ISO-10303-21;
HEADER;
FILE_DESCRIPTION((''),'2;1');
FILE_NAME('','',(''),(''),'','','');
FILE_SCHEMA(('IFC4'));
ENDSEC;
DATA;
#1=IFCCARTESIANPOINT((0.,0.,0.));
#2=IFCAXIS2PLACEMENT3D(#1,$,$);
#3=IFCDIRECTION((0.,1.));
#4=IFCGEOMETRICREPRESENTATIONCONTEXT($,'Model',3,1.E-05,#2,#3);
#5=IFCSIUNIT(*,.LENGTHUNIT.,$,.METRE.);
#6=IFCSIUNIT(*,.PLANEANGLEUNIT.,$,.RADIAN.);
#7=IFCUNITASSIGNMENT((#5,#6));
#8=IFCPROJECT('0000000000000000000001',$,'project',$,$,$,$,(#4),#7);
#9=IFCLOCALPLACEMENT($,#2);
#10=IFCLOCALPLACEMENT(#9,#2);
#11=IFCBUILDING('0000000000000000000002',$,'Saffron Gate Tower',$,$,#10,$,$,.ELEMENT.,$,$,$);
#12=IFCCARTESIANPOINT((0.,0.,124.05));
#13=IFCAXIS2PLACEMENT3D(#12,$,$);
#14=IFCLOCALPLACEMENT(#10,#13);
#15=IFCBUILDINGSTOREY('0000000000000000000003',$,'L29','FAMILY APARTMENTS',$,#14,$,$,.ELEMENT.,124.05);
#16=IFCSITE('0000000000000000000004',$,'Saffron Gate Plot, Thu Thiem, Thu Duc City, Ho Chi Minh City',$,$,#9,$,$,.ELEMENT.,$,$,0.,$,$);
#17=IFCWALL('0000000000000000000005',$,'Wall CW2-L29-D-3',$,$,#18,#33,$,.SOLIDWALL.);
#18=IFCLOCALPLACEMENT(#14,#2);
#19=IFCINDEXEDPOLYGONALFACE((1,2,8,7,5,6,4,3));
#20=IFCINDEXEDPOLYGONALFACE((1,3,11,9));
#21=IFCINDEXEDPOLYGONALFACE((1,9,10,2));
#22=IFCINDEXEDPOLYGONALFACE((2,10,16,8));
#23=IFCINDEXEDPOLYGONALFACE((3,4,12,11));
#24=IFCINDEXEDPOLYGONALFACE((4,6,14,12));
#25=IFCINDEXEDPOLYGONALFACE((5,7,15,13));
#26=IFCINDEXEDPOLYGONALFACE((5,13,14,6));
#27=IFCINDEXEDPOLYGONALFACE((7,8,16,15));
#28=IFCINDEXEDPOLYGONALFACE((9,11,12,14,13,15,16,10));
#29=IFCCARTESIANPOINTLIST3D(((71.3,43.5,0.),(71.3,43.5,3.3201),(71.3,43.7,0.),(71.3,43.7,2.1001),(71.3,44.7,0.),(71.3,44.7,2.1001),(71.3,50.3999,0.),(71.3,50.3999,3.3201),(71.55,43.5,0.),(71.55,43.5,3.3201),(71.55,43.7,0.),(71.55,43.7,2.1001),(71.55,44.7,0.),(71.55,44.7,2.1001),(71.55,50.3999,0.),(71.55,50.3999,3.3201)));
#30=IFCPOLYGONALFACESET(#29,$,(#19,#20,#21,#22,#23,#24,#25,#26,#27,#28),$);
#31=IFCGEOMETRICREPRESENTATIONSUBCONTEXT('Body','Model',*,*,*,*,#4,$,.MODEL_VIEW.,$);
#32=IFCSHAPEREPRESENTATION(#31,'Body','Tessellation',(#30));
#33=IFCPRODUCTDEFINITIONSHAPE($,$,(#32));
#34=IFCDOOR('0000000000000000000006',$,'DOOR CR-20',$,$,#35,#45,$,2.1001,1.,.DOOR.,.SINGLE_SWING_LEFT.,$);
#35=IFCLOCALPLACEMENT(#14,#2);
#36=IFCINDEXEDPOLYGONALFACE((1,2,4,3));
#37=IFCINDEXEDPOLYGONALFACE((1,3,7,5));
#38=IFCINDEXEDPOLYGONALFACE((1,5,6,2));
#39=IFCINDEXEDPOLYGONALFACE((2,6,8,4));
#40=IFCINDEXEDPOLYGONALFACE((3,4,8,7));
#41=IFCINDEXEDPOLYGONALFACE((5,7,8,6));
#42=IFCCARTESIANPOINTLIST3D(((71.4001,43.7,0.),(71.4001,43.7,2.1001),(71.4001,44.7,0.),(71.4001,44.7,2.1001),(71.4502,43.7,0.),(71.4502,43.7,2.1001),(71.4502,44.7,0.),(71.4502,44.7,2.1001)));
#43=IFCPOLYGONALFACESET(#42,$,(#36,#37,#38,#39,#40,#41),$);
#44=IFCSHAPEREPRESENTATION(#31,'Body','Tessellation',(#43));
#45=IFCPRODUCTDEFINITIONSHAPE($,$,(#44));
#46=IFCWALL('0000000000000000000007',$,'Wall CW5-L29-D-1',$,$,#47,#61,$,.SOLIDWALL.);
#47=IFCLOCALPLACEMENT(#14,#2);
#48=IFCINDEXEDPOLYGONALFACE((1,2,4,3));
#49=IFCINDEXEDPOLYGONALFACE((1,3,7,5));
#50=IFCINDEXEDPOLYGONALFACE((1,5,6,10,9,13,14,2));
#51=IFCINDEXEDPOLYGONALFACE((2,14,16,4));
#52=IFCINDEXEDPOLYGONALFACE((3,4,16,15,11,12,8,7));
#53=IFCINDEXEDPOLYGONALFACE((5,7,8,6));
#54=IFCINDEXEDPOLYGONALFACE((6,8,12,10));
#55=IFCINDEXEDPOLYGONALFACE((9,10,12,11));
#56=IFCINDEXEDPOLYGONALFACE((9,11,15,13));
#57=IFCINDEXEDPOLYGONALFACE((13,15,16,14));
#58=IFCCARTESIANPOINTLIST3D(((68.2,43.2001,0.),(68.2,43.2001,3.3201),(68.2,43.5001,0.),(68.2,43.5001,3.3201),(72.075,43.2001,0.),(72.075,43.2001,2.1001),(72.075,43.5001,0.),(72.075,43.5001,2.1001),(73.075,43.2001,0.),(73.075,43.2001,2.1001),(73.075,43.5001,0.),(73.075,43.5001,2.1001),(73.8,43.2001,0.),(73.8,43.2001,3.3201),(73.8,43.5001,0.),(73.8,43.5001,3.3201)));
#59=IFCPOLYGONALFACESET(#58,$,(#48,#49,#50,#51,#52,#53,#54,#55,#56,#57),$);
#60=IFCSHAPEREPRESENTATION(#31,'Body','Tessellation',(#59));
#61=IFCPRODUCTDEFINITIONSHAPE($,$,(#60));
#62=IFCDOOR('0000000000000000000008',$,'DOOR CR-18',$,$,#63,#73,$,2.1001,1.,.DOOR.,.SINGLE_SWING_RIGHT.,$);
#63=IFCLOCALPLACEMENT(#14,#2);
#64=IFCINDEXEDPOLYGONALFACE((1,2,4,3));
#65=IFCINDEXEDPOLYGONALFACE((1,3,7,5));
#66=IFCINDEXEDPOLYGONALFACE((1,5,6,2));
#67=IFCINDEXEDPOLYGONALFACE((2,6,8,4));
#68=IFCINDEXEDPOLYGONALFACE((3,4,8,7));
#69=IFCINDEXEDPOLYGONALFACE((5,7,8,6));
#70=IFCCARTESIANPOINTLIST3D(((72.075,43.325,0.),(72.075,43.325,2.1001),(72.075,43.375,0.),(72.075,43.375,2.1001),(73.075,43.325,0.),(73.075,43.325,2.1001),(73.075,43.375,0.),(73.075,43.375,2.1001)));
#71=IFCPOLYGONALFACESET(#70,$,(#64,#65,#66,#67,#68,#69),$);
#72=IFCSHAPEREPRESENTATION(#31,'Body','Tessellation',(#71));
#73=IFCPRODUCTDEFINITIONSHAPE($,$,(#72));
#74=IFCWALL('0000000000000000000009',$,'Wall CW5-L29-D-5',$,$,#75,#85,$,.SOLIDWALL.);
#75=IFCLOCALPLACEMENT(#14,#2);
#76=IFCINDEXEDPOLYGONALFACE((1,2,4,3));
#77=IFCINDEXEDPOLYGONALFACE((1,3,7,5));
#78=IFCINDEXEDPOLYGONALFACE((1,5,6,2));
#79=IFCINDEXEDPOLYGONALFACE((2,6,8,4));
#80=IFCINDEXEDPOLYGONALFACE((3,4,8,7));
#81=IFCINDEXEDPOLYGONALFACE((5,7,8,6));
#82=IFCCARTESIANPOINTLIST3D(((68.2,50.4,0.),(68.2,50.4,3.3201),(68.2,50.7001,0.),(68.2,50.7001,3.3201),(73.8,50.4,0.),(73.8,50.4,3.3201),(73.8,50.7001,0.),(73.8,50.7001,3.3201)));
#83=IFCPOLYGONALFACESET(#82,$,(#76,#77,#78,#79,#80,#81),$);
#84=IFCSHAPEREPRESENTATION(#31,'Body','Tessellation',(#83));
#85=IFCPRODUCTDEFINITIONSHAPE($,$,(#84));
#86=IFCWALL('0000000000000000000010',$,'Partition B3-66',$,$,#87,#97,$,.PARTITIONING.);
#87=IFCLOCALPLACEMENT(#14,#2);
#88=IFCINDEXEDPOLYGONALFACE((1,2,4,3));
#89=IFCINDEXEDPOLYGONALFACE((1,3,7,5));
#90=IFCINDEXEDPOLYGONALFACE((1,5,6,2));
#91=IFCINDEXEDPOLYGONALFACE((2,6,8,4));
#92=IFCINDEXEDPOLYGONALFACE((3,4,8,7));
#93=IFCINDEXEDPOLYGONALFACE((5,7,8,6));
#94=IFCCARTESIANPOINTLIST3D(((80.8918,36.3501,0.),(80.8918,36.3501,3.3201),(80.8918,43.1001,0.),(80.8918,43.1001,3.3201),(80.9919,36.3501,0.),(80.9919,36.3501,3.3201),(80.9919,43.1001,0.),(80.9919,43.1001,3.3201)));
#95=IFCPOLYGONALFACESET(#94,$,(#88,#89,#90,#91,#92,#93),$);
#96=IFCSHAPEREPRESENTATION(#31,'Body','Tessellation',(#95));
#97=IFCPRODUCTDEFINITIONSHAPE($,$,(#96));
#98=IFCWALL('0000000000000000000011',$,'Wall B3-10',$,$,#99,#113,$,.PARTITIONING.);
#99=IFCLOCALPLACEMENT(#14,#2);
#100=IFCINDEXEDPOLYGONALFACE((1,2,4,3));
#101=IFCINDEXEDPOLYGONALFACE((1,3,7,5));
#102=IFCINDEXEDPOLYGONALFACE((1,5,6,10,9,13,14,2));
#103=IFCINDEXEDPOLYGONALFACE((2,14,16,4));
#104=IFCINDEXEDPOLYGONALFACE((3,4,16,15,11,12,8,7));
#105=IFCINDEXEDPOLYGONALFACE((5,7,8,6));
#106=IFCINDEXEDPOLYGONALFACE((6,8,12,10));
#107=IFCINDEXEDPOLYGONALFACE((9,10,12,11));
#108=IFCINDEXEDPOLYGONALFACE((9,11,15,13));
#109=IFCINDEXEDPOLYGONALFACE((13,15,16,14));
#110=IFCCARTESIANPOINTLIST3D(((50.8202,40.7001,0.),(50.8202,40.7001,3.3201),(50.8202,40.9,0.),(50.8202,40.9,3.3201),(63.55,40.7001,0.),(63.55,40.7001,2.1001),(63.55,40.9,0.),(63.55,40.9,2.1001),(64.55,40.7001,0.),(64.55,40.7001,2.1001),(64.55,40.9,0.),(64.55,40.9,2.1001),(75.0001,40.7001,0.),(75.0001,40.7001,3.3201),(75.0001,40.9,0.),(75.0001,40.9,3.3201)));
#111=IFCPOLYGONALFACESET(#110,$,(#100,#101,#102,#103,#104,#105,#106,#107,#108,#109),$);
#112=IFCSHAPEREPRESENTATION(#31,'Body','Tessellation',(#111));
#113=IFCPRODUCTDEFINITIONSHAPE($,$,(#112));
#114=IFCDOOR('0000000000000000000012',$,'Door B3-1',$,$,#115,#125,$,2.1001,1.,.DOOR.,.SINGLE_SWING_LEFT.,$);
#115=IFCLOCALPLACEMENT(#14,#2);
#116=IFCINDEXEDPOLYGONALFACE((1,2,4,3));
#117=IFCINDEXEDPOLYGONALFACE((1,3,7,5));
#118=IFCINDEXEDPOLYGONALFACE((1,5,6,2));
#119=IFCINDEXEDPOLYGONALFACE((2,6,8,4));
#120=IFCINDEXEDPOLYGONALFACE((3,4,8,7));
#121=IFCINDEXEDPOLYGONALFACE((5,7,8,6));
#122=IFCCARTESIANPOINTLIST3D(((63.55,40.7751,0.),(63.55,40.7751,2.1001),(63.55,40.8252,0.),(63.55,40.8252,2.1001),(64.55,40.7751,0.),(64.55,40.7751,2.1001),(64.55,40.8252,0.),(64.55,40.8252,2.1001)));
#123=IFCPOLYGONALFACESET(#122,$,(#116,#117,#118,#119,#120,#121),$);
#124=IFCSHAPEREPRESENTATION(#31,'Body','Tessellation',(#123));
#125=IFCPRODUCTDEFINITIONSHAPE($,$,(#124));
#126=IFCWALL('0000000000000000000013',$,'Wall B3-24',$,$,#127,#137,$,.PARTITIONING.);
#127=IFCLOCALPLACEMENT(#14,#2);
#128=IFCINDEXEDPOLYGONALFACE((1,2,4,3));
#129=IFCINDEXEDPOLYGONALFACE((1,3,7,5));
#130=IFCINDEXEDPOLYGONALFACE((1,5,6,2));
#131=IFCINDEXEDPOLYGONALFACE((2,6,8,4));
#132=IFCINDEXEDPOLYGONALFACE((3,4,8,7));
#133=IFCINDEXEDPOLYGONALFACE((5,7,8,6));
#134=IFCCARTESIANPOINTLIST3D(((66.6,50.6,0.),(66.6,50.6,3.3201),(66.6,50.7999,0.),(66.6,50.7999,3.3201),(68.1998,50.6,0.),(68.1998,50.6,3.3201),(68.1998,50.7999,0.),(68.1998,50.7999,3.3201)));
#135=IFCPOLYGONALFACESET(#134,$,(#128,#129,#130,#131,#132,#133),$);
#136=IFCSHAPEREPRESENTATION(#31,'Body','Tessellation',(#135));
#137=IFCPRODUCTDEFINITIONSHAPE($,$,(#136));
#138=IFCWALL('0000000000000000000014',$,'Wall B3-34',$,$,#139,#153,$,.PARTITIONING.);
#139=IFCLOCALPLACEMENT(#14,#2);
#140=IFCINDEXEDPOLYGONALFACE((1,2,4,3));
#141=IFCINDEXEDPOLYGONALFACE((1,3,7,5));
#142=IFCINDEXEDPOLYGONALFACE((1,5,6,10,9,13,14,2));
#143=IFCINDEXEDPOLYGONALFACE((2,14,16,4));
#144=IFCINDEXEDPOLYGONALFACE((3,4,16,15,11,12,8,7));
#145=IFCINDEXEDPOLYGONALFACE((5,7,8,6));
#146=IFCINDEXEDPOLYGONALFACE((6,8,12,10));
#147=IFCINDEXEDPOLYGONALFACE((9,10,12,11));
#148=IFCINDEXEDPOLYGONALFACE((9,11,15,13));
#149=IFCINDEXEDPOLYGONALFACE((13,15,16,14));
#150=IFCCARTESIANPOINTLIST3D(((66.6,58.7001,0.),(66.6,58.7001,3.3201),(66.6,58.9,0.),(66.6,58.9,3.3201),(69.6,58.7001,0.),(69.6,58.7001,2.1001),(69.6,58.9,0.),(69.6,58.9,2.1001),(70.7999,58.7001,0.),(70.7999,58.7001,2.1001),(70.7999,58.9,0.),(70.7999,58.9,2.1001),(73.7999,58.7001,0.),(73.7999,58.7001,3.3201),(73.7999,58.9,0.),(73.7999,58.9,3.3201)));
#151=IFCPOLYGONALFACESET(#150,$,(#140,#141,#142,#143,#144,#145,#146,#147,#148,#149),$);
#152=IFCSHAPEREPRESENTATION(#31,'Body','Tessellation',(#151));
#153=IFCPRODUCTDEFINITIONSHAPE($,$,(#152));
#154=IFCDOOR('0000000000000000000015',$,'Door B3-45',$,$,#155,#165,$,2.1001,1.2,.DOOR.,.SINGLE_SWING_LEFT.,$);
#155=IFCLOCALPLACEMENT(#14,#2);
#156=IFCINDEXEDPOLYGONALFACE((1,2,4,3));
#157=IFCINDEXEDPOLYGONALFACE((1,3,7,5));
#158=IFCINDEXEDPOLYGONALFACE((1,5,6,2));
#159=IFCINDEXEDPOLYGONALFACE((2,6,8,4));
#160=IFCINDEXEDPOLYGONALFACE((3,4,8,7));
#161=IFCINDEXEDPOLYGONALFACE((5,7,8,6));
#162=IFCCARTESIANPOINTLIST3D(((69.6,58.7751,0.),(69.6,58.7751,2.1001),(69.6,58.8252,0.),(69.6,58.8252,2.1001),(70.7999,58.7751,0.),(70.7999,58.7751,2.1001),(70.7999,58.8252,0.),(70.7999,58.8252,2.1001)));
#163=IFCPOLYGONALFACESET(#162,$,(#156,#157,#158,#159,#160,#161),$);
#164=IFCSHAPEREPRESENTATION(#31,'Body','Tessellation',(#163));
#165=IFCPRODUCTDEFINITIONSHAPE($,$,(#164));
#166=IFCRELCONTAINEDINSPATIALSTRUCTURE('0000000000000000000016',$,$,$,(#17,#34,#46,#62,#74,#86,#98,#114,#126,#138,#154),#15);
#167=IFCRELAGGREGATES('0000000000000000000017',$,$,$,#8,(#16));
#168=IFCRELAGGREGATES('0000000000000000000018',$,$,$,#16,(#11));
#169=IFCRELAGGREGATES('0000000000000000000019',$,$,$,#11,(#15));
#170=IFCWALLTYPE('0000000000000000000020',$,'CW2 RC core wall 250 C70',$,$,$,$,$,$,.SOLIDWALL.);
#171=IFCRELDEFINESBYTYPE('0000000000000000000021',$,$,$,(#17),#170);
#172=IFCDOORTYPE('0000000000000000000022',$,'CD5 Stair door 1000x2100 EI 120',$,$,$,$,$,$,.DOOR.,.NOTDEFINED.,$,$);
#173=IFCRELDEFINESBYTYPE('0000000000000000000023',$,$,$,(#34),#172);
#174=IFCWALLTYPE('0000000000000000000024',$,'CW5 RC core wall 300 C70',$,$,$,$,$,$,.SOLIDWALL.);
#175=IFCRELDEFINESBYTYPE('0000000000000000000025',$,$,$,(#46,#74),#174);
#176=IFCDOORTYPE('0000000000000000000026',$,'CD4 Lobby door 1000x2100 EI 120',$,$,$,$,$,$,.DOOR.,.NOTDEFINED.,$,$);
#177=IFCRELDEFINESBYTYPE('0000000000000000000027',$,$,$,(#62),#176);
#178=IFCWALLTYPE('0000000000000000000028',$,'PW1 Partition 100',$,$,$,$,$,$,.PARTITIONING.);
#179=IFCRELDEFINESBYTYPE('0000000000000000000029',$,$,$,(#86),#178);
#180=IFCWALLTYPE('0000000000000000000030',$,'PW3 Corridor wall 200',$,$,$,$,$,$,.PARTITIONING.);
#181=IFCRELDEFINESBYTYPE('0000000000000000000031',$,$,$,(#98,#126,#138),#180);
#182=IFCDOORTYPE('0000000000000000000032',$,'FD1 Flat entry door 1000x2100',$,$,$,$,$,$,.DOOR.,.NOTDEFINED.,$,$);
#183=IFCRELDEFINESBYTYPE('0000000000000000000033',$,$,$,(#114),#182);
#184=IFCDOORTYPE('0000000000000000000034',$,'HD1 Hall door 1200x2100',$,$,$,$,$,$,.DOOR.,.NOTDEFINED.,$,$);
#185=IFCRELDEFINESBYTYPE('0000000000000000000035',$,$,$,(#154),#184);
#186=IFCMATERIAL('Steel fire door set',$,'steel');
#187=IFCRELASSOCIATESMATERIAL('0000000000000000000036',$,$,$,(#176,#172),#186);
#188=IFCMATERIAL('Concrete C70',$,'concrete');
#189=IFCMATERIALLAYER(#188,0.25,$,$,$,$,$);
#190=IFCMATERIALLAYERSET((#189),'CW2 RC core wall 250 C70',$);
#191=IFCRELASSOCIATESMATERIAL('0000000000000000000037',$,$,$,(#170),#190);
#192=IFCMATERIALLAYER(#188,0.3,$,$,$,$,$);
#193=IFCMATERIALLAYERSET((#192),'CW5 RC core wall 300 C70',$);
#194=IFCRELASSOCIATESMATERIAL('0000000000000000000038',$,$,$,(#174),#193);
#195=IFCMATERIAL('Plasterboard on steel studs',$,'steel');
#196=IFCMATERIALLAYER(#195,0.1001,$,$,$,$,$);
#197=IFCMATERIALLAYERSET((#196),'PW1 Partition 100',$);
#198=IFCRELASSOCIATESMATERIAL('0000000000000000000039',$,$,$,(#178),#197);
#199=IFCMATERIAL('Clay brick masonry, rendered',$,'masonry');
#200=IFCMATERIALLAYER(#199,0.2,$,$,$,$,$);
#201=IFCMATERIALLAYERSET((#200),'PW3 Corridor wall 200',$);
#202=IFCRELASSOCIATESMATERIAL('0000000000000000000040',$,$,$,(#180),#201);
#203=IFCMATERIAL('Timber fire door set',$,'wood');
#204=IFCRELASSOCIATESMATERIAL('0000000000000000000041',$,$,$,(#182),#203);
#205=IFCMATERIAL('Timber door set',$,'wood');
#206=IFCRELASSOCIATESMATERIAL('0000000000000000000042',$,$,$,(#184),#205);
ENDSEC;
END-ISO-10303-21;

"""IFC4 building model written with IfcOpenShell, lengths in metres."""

from ifc_helpers import new_model, si_unit, direction, frame, frame_2d, origin, place, context, subcontext, project, spatial, rectangle, extrude, material, layer, layer_set, type_object, element, fill, save


model = new_model("IFC4")

# Units and contexts
model_context = context("Model", 3, precision=1e-05, world=origin(), true_north=direction((0.0, 1.0)))
body_context = subcontext(model_context, "Body", "Model", "MODEL_VIEW")
ifc_project = project(units=[si_unit("LENGTHUNIT", "METRE"), si_unit("PLANEANGLEUNIT", "RADIAN")], contexts=[model_context])

# Site, building, storey
site_placement = place(None, origin())
site = spatial("IfcSite", under=ifc_project, at=site_placement, Name="Saffron Gate Plot, Thu Thiem, Thu Duc City, Ho Chi Minh City", CompositionType="ELEMENT", RefElevation=0.0)
building_placement = place(site_placement, origin())
building = spatial("IfcBuilding", under=site, at=building_placement, Name="Saffron Gate Tower", CompositionType="ELEMENT")
storey_placement = place(building_placement, frame((0.0, 0.0, 124.05)))
storey = spatial("IfcBuildingStorey", under=building, at=storey_placement, Name="L29", Description="FAMILY APARTMENTS", CompositionType="ELEMENT", Elevation=124.05)

# Shared definitions
ifc_material_1 = material(Name="Steel fire door set", Category="steel")
door_type_1 = type_object("IfcDoorType", Name="CD4 Lobby door 1000x2100 EI 120", OperationType="NOTDEFINED", PredefinedType="DOOR", material=ifc_material_1)

# Shared definitions
ifc_material_2 = material(Name="Concrete C70", Category="concrete")
ifc_layer_1 = layer(ifc_material_2, 0.25)
ifc_layer_set_1 = layer_set([ifc_layer_1], Name="CW2 RC core wall 250 C70")
wall_type_1 = type_object("IfcWallType", Name="CW2 RC core wall 250 C70", PredefinedType="SOLIDWALL", material=ifc_layer_set_1)

# Walls, openings, doors
wall_1_placement = place(storey_placement, frame((71.425, 43.5, 0.0), z_axis=(0.0, 0.0, 1.0), x_axis=(0.0, 1.0, 0.0)))
wall_1 = element("IfcWall", 1, at=wall_1_placement, inside=storey, type_object=wall_type_1, Name="Wall CW2-L29-D-3", PredefinedType="SOLIDWALL", context=body_context, shape_type="SweptSolid", body=[
    extrude(rectangle(XDim=6.8999, YDim=0.25, at=frame_2d((3.45, 0.0))), origin(), (0.0, 0.0, 1.0), 3.3201),
])
opening_1_placement = place(wall_1_placement, frame((0.2, 0.0, 0.0)))
opening_1 = element("IfcOpeningElement", 2, at=opening_1_placement, cuts=wall_1, PredefinedType="OPENING", context=body_context, shape_type="SweptSolid", body=[
    extrude(rectangle(XDim=1.0, YDim=2.1001, at=frame_2d((0.5, 1.05))), frame((0.0, 0.135, 0.0), z_axis=(0.0, -1.0, 0.0), x_axis=(1.0, 0.0, 0.0)), (0.0, 0.0, 1.0), 0.27),
])
door_type_2 = type_object("IfcDoorType", Name="CD5 Stair door 1000x2100 EI 120", OperationType="NOTDEFINED", PredefinedType="DOOR", material=ifc_material_1)
door_1_placement = place(opening_1_placement, origin())
door_1 = element("IfcDoor", 3, at=door_1_placement, inside=storey, type_object=door_type_2, Name="DOOR CR-20", OperationType="SINGLE_SWING_LEFT", OverallHeight=2.1001, OverallWidth=1.0, PredefinedType="DOOR", context=body_context, shape_type="SweptSolid", body=[
    extrude(rectangle(XDim=1.0, YDim=2.1001, at=frame_2d((0.5, 1.05))), frame((0.0, 0.0249, 0.0), z_axis=(0.0, -1.0, 0.0), x_axis=(1.0, 0.0, 0.0)), (0.0, 0.0, 1.0), 0.05),
])
fill(opening_1, door_1)
ifc_layer_2 = layer(ifc_material_2, 0.3)
ifc_layer_set_2 = layer_set([ifc_layer_2], Name="CW5 RC core wall 300 C70")
wall_type_2 = type_object("IfcWallType", Name="CW5 RC core wall 300 C70", PredefinedType="SOLIDWALL", material=ifc_layer_set_2)
wall_2_placement = place(storey_placement, frame((68.2, 43.3501, 0.0), z_axis=(0.0, 0.0, 1.0), x_axis=(1.0, 0.0, 0.0)))
wall_2 = element("IfcWall", 4, at=wall_2_placement, inside=storey, type_object=wall_type_2, Name="Wall CW5-L29-D-1", PredefinedType="SOLIDWALL", context=body_context, shape_type="SweptSolid", body=[
    extrude(rectangle(XDim=5.6001, YDim=0.3, at=frame_2d((2.8, 0.0))), origin(), (0.0, 0.0, 1.0), 3.3201),
])
opening_2_placement = place(wall_2_placement, frame((3.875, 0.0, 0.0)))
opening_2 = element("IfcOpeningElement", 5, at=opening_2_placement, cuts=wall_2, PredefinedType="OPENING", context=body_context, shape_type="SweptSolid", body=[
    extrude(rectangle(XDim=1.0, YDim=2.1001, at=frame_2d((0.5, 1.05))), frame((0.0, 0.1602, 0.0), z_axis=(0.0, -1.0, 0.0), x_axis=(1.0, 0.0, 0.0)), (0.0, 0.0, 1.0), 0.3201),
])
door_2_placement = place(opening_2_placement, origin())
door_2 = element("IfcDoor", 6, at=door_2_placement, inside=storey, type_object=door_type_1, Name="DOOR CR-18", OperationType="SINGLE_SWING_RIGHT", OverallHeight=2.1001, OverallWidth=1.0, PredefinedType="DOOR", context=body_context, shape_type="SweptSolid", body=[
    extrude(rectangle(XDim=1.0, YDim=2.1001, at=frame_2d((0.5, 1.05))), frame((0.0, 0.0249, 0.0), z_axis=(0.0, -1.0, 0.0), x_axis=(1.0, 0.0, 0.0)), (0.0, 0.0, 1.0), 0.05),
])
fill(opening_2, door_2)

# Walls
wall_3_placement = place(storey_placement, frame((68.2, 50.55, 0.0), z_axis=(0.0, 0.0, 1.0), x_axis=(1.0, 0.0, 0.0)))
element("IfcWall", 7, at=wall_3_placement, inside=storey, type_object=wall_type_2, Name="Wall CW5-L29-D-5", PredefinedType="SOLIDWALL", context=body_context, shape_type="SweptSolid", body=[
    extrude(rectangle(XDim=5.6001, YDim=0.3, at=frame_2d((2.8, 0.0))), origin(), (0.0, 0.0, 1.0), 3.3201),
])
ifc_material_3 = material(Name="Plasterboard on steel studs", Category="steel")
ifc_layer_3 = layer(ifc_material_3, 0.1001)
ifc_layer_set_3 = layer_set([ifc_layer_3], Name="PW1 Partition 100")
wall_type_3 = type_object("IfcWallType", Name="PW1 Partition 100", PredefinedType="PARTITIONING", material=ifc_layer_set_3)
wall_4_placement = place(storey_placement, frame((80.9419, 43.1001, 0.0), z_axis=(0.0, 0.0, 1.0), x_axis=(0.0, -1.0, 0.0)))
element("IfcWall", 8, at=wall_4_placement, inside=storey, type_object=wall_type_3, Name="Partition B3-66", PredefinedType="PARTITIONING", context=body_context, shape_type="SweptSolid", body=[
    extrude(rectangle(XDim=6.75, YDim=0.1001, at=frame_2d((3.375, 0.0))), origin(), (0.0, 0.0, 1.0), 3.3201),
])

# Wall, opening, door
ifc_material_4 = material(Name="Clay brick masonry, rendered", Category="masonry")
ifc_layer_4 = layer(ifc_material_4, 0.2)
ifc_layer_set_4 = layer_set([ifc_layer_4], Name="PW3 Corridor wall 200")
wall_type_4 = type_object("IfcWallType", Name="PW3 Corridor wall 200", PredefinedType="PARTITIONING", material=ifc_layer_set_4)
wall_5_placement = place(storey_placement, frame((75.0, 40.8, 0.0), z_axis=(0.0, 0.0, 1.0), x_axis=(-1.0, 0.0, 0.0)))
wall_5 = element("IfcWall", 9, at=wall_5_placement, inside=storey, type_object=wall_type_4, Name="Wall B3-10", PredefinedType="PARTITIONING", context=body_context, shape_type="SweptSolid", body=[
    extrude(rectangle(XDim=24.1799, YDim=0.2, at=frame_2d((12.0898, 0.0))), origin(), (0.0, 0.0, 1.0), 3.3201),
])
opening_3_placement = place(wall_5_placement, frame((10.45, 0.0, 0.0)))
opening_3 = element("IfcOpeningElement", 10, at=opening_3_placement, cuts=wall_5, PredefinedType="OPENING", context=body_context, shape_type="SweptSolid", body=[
    extrude(rectangle(XDim=1.0, YDim=2.1001, at=frame_2d((0.5, 1.05))), frame((0.0, 0.1099, 0.0), z_axis=(0.0, -1.0, 0.0), x_axis=(1.0, 0.0, 0.0)), (0.0, 0.0, 1.0), 0.22),
])
ifc_material_5 = material(Name="Timber fire door set", Category="wood")
door_type_3 = type_object("IfcDoorType", Name="FD1 Flat entry door 1000x2100", OperationType="NOTDEFINED", PredefinedType="DOOR", material=ifc_material_5)
door_3_placement = place(opening_3_placement, origin())
door_3 = element("IfcDoor", 11, at=door_3_placement, inside=storey, type_object=door_type_3, Name="Door B3-1", OperationType="SINGLE_SWING_LEFT", OverallHeight=2.1001, OverallWidth=1.0, PredefinedType="DOOR", context=body_context, shape_type="SweptSolid", body=[
    extrude(rectangle(XDim=1.0, YDim=2.1001, at=frame_2d((0.5, 1.05))), frame((0.0, 0.0249, 0.0), z_axis=(0.0, -1.0, 0.0), x_axis=(1.0, 0.0, 0.0)), (0.0, 0.0, 1.0), 0.05),
])
fill(opening_3, door_3)

# Wall
wall_6_placement = place(storey_placement, frame((66.6001, 50.7, 0.0), z_axis=(0.0, 0.0, 1.0), x_axis=(1.0, 0.0, 0.0)))
element("IfcWall", 12, at=wall_6_placement, inside=storey, type_object=wall_type_4, Name="Wall B3-24", PredefinedType="PARTITIONING", context=body_context, shape_type="SweptSolid", body=[
    extrude(rectangle(XDim=1.5999, YDim=0.2, at=frame_2d((0.7998, 0.0))), origin(), (0.0, 0.0, 1.0), 3.3201),
])

# Wall, opening, door
wall_7_placement = place(storey_placement, frame((73.8, 58.8, 0.0), z_axis=(0.0, 0.0, 1.0), x_axis=(-1.0, 0.0, 0.0)))
wall_7 = element("IfcWall", 13, at=wall_7_placement, inside=storey, type_object=wall_type_4, Name="Wall B3-34", PredefinedType="PARTITIONING", context=body_context, shape_type="SweptSolid", body=[
    extrude(rectangle(XDim=7.2, YDim=0.2, at=frame_2d((3.6001, 0.0))), origin(), (0.0, 0.0, 1.0), 3.3201),
])
opening_4_placement = place(wall_7_placement, frame((3.0, 0.0, 0.0)))
opening_4 = element("IfcOpeningElement", 14, at=opening_4_placement, cuts=wall_7, PredefinedType="OPENING", context=body_context, shape_type="SweptSolid", body=[
    extrude(rectangle(XDim=1.2, YDim=2.1001, at=frame_2d((0.6001, 1.05))), frame((0.0, 0.1099, 0.0), z_axis=(0.0, -1.0, 0.0), x_axis=(1.0, 0.0, 0.0)), (0.0, 0.0, 1.0), 0.22),
])
ifc_material_6 = material(Name="Timber door set", Category="wood")
door_type_4 = type_object("IfcDoorType", Name="HD1 Hall door 1200x2100", OperationType="NOTDEFINED", PredefinedType="DOOR", material=ifc_material_6)
door_4_placement = place(opening_4_placement, origin())
door_4 = element("IfcDoor", 15, at=door_4_placement, inside=storey, type_object=door_type_4, Name="Door B3-45", OperationType="SINGLE_SWING_LEFT", OverallHeight=2.1001, OverallWidth=1.2, PredefinedType="DOOR", context=body_context, shape_type="SweptSolid", body=[
    extrude(rectangle(XDim=1.2, YDim=2.1001, at=frame_2d((0.6001, 1.05))), frame((0.0, 0.0249, 0.0), z_axis=(0.0, -1.0, 0.0), x_axis=(1.0, 0.0, 0.0)), (0.0, 0.0, 1.0), 0.05),
])
fill(opening_4, door_4)

save(model, "model.ifc")
